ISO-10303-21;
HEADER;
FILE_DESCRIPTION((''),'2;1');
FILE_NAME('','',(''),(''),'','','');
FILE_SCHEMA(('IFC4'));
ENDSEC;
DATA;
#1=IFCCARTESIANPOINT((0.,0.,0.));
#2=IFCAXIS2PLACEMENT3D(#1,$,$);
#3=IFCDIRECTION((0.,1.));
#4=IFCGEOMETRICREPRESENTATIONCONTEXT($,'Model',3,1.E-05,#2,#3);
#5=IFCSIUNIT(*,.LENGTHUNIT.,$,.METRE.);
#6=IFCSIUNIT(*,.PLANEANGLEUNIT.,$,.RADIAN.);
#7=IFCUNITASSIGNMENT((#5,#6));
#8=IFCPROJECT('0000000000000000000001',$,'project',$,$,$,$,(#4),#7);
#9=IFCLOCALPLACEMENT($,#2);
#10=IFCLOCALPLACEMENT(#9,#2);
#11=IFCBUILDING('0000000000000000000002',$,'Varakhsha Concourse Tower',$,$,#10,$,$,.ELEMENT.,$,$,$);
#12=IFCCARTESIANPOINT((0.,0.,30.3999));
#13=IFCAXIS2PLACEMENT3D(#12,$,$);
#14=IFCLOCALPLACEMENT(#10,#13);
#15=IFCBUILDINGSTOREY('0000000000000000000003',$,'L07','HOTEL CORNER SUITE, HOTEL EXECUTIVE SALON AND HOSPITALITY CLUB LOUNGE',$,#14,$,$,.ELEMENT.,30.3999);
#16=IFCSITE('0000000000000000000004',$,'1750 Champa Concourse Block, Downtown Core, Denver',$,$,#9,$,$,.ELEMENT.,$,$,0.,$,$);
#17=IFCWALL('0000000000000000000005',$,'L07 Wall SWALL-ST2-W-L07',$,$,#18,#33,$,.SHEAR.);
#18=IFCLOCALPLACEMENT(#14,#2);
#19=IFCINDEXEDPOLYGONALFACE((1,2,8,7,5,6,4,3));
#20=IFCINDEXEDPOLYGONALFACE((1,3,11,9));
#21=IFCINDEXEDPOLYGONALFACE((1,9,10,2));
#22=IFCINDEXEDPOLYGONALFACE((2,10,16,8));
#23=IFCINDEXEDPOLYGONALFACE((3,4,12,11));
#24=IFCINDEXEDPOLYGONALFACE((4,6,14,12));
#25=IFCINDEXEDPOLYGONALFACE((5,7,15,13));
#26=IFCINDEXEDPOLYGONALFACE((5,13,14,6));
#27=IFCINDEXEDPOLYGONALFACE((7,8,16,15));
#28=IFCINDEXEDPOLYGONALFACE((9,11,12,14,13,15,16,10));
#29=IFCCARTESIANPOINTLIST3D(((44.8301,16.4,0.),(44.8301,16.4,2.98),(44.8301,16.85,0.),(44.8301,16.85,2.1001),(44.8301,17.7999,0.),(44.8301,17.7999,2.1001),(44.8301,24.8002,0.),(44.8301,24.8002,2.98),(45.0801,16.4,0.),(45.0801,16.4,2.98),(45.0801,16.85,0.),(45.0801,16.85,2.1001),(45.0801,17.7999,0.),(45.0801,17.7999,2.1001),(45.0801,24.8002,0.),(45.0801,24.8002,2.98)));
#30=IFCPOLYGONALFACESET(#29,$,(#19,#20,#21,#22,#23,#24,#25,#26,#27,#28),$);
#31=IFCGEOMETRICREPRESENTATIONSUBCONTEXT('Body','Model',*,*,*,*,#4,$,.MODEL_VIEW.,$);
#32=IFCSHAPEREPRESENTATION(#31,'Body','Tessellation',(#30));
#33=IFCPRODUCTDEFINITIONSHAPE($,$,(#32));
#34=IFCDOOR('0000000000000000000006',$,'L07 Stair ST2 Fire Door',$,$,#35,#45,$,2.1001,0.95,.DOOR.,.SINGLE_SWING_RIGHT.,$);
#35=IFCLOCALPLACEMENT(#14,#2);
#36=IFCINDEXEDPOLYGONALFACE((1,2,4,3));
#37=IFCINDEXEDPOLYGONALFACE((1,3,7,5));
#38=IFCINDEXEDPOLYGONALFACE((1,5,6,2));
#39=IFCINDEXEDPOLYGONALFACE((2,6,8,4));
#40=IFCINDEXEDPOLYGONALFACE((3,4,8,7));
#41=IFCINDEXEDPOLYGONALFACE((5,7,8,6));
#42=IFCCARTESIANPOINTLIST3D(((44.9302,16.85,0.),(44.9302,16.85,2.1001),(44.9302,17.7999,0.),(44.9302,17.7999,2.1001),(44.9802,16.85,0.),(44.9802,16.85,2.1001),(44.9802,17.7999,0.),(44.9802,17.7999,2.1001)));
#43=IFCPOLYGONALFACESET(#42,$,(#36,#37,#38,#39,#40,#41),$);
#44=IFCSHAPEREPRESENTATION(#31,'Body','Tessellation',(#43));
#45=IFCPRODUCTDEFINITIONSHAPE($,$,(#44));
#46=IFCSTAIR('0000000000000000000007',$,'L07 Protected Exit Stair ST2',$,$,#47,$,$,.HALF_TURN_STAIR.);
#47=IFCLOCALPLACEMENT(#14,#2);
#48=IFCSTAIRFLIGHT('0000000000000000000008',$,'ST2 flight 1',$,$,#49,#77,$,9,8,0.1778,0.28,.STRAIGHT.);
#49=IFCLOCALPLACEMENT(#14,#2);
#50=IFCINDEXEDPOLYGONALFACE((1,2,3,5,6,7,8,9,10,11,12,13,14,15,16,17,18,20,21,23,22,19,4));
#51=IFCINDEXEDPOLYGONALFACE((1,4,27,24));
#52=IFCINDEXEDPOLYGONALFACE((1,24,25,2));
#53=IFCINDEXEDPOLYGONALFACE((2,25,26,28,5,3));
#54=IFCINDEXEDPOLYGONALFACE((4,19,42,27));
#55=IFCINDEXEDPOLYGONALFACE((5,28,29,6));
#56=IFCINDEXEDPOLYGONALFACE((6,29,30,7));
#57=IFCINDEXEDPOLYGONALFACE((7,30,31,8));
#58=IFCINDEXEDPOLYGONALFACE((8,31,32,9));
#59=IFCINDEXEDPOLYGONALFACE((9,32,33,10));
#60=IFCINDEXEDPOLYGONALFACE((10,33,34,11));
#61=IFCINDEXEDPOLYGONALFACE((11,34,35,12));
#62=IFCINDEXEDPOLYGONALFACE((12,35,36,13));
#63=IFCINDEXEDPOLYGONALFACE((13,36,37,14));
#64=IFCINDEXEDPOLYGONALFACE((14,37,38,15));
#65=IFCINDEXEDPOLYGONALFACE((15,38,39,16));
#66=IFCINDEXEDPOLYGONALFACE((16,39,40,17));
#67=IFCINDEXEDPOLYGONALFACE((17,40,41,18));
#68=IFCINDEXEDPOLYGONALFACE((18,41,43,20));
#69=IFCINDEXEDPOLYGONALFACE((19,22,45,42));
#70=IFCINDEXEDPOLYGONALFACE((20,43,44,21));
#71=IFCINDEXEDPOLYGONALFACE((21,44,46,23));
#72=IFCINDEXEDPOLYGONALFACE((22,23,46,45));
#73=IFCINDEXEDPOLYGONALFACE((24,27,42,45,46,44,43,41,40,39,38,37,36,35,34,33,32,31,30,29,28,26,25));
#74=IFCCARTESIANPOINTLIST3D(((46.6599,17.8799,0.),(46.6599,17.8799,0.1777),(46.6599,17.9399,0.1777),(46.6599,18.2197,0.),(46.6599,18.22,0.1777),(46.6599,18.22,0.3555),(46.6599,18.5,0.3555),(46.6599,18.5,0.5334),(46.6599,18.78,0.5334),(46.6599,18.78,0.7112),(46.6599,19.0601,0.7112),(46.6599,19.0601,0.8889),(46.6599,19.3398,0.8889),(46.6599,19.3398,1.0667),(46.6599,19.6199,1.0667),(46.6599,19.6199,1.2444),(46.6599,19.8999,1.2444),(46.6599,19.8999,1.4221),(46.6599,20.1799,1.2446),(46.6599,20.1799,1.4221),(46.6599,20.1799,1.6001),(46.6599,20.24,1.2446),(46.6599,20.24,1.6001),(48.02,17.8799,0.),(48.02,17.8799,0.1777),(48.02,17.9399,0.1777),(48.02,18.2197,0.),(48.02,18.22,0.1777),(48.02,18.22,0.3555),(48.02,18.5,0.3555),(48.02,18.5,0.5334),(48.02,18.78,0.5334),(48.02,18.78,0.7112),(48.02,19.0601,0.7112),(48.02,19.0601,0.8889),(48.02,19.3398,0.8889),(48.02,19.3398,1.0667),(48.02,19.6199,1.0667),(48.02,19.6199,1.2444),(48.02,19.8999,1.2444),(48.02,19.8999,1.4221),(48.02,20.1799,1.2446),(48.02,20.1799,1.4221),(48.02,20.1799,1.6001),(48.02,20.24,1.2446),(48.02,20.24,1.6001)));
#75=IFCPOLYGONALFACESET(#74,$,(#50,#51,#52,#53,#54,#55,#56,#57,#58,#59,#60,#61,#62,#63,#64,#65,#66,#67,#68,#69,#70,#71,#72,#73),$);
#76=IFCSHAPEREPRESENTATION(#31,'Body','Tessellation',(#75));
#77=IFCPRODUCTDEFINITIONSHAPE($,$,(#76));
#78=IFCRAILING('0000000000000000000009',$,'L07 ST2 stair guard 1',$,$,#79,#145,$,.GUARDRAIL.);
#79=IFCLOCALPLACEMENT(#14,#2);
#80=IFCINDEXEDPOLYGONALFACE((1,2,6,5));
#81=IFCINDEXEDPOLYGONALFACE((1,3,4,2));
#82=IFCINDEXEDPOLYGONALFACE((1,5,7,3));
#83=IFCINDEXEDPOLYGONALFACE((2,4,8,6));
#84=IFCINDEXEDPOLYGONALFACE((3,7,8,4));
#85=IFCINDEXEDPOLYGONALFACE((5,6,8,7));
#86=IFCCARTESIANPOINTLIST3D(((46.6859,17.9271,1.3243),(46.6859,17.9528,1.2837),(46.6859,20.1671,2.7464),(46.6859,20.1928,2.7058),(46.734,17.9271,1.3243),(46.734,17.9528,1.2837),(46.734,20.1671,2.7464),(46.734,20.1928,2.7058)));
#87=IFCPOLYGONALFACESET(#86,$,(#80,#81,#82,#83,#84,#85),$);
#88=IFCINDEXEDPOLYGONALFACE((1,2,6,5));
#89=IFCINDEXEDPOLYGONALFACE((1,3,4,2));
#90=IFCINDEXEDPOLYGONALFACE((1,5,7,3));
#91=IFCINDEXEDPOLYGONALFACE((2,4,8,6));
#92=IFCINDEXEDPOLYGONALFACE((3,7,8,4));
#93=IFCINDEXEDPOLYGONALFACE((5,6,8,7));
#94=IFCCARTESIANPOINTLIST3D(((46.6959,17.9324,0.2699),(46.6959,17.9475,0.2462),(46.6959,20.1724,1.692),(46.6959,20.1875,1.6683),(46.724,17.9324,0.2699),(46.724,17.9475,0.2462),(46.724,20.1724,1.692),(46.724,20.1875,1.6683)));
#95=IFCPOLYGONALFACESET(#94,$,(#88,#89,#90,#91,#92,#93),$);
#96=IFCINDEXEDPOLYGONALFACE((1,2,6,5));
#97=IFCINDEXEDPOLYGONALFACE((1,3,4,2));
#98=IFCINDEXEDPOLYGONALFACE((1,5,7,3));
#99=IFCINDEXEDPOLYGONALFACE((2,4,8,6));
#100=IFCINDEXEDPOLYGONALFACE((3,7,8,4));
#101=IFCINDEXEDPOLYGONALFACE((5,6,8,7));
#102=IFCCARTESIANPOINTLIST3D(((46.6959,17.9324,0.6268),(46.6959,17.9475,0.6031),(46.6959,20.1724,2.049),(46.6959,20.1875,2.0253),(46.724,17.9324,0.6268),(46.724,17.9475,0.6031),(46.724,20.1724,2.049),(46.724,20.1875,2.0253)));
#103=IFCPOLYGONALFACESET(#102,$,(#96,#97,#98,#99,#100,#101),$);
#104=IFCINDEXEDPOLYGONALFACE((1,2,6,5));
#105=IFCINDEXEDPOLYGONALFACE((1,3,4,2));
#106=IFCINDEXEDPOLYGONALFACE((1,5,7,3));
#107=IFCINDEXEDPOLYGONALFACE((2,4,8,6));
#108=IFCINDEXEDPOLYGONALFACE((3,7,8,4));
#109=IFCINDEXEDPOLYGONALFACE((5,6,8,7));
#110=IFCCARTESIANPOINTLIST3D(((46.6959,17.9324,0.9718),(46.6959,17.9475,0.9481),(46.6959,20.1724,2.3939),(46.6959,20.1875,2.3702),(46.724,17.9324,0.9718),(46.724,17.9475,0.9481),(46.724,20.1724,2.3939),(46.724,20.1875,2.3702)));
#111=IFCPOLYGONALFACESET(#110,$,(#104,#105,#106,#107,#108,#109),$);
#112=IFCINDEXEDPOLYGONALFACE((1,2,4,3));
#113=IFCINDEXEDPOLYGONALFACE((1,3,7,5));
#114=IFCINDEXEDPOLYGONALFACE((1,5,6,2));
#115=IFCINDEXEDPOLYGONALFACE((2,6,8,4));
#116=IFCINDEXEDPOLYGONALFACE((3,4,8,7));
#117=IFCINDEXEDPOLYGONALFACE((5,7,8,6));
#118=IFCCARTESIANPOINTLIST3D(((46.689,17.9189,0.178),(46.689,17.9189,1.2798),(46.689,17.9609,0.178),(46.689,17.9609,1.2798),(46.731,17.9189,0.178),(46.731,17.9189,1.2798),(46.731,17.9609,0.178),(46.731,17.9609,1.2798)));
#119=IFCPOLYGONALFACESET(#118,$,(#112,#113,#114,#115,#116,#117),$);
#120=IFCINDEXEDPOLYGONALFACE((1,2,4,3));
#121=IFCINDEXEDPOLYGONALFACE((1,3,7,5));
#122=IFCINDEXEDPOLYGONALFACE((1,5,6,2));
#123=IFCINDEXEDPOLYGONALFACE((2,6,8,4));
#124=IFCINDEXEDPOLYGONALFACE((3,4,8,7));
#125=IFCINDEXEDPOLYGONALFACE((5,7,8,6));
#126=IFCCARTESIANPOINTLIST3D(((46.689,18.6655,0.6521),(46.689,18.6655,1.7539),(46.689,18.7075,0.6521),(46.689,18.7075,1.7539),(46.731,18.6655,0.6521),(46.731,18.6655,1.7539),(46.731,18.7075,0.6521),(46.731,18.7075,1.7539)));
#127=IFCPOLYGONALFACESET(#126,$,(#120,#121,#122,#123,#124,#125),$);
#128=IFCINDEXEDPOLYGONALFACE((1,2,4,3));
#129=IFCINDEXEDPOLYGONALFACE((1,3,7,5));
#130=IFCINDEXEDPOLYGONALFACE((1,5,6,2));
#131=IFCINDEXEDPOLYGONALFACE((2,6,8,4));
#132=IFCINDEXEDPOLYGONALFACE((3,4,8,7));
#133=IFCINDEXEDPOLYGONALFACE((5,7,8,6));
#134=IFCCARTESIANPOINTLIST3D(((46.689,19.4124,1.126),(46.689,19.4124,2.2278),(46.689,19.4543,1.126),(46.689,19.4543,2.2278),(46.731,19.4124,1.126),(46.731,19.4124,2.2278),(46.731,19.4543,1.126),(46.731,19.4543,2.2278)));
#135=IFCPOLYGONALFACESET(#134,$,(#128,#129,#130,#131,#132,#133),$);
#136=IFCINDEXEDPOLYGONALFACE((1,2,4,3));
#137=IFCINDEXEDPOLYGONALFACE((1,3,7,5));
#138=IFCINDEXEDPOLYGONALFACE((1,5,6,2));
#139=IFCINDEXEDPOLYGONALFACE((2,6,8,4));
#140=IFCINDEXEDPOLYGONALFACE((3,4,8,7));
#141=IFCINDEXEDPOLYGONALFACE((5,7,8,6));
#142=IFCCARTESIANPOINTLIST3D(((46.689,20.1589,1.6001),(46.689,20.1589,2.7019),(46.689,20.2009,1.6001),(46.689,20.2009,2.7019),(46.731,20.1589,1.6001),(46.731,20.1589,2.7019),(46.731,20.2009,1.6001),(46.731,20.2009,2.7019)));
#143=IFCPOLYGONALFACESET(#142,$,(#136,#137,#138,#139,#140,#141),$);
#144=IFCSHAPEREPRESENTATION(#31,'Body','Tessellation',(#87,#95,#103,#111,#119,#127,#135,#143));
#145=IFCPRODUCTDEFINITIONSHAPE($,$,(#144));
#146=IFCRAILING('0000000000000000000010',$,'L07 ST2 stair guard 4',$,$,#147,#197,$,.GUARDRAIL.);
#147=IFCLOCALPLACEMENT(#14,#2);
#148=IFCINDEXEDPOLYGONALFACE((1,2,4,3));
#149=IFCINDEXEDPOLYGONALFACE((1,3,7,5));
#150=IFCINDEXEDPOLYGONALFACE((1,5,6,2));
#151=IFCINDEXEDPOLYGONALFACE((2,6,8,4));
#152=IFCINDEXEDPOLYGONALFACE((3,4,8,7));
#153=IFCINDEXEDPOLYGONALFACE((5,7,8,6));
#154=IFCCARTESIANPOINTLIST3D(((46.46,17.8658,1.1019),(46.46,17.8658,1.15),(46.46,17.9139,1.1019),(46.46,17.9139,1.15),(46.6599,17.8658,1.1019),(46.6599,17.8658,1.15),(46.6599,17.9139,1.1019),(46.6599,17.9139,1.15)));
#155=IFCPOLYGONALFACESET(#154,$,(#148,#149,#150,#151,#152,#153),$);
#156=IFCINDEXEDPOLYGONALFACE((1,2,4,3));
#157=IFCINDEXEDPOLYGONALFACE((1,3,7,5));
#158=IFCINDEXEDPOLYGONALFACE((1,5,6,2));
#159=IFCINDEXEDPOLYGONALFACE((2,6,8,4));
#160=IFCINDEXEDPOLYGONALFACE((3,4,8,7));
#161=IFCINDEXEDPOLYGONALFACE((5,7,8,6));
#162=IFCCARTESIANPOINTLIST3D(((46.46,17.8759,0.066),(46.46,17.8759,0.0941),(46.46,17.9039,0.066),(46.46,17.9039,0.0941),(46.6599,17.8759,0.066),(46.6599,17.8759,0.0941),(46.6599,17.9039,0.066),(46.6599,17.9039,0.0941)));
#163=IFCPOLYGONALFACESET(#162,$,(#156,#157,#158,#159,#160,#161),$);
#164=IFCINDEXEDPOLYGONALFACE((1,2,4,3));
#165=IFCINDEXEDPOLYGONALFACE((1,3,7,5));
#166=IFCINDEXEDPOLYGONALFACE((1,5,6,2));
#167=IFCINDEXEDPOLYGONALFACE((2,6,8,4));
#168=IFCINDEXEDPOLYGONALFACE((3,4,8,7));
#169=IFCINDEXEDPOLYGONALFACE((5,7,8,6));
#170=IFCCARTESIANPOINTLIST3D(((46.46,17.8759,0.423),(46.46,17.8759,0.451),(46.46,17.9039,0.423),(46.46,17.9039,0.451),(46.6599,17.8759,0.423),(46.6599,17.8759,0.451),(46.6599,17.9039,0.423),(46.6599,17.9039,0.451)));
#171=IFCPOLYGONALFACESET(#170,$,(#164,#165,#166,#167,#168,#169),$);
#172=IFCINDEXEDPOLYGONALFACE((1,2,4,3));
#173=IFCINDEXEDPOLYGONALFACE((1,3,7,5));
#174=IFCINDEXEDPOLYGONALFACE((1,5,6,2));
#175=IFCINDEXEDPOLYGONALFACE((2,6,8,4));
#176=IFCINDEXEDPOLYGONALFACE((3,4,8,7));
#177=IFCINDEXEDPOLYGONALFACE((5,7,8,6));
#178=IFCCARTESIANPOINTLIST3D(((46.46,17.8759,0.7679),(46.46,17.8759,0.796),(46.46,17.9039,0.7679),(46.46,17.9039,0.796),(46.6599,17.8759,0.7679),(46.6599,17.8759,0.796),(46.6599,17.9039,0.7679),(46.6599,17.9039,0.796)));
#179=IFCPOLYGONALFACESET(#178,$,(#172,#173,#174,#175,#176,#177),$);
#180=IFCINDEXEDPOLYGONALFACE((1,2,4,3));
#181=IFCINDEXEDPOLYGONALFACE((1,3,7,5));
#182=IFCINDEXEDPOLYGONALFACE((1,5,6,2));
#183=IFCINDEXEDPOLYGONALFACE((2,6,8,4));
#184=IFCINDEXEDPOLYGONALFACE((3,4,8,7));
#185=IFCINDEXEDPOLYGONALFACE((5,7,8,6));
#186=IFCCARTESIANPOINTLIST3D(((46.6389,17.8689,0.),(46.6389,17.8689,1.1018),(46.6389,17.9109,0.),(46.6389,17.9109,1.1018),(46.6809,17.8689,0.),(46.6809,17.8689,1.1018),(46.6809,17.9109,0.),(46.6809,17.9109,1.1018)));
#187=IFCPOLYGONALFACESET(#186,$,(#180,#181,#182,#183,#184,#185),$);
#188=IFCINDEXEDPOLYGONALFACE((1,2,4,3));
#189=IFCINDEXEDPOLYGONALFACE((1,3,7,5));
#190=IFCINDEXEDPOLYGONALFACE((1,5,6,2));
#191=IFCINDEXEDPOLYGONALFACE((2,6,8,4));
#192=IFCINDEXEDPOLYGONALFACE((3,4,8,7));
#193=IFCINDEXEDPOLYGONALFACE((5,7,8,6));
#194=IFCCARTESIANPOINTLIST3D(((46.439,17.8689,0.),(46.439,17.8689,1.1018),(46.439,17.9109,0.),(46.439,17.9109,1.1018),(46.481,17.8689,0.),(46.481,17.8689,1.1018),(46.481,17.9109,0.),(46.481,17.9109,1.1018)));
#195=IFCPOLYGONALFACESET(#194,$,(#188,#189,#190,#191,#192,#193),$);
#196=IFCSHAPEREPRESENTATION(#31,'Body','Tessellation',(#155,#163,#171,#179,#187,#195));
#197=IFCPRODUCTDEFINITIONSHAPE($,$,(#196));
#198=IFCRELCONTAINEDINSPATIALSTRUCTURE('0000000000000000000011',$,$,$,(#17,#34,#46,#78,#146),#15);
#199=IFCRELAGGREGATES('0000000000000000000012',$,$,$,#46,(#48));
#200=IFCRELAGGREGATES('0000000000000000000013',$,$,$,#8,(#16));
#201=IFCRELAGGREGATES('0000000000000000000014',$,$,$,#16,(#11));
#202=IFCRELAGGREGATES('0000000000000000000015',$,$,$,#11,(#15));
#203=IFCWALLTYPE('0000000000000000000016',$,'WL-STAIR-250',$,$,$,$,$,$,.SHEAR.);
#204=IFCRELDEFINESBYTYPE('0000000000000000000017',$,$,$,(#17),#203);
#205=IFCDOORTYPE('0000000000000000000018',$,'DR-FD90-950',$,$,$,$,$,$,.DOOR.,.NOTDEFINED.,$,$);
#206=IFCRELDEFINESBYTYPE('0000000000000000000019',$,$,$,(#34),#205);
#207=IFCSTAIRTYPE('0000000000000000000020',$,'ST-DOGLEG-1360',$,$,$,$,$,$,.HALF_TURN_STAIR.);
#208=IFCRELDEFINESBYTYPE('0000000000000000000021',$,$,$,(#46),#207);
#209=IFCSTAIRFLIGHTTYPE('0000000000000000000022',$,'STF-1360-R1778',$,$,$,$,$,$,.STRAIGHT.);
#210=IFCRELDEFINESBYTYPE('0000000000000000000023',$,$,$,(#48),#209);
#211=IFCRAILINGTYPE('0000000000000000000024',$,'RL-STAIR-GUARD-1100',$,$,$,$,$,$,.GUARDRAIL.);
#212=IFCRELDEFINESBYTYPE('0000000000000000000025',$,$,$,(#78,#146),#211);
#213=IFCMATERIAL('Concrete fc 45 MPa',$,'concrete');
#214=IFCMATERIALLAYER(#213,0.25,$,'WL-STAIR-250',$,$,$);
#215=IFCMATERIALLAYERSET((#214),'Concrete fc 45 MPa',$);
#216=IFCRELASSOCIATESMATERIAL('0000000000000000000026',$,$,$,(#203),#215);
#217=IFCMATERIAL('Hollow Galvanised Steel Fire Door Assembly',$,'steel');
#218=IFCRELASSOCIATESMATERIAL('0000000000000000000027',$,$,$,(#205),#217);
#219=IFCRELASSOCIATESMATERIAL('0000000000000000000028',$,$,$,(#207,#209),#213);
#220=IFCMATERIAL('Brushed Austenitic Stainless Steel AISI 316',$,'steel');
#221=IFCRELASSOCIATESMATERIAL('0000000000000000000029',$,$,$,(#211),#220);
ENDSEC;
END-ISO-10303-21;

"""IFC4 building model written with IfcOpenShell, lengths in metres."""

from ifc_helpers import new_model, si_unit, direction, frame, frame_2d, origin, origin_2d, place, context, subcontext, project, spatial, polyline, rectangle, outline, extrude, material, layer, layer_set, type_object, element, fill, aggregate, save


model = new_model("IFC4")

# Units and contexts
model_context = context("Model", 3, precision=1e-05, world=origin(), true_north=direction((0.0, 1.0)))
body_context = subcontext(model_context, "Body", "Model", "MODEL_VIEW")
ifc_project = project(units=[si_unit("LENGTHUNIT", "METRE"), si_unit("PLANEANGLEUNIT", "RADIAN")], contexts=[model_context])

# Site, building, storey
site_placement = place(None, origin())
site = spatial("IfcSite", under=ifc_project, at=site_placement, Name="1750 Champa Concourse Block, Downtown Core, Denver", CompositionType="ELEMENT", RefElevation=0.0)
building_placement = place(site_placement, origin())
building = spatial("IfcBuilding", under=site, at=building_placement, Name="Varakhsha Concourse Tower", CompositionType="ELEMENT")
storey_placement = place(building_placement, frame((0.0, 0.0, 30.3999)))
storey = spatial("IfcBuildingStorey", under=building, at=storey_placement, Name="L07", Description="HOTEL CORNER SUITE, HOTEL EXECUTIVE SALON AND HOSPITALITY CLUB LOUNGE", CompositionType="ELEMENT", Elevation=30.3999)

# Shared definitions
ifc_material_1 = material(Name="Hollow Galvanised Steel Fire Door Assembly", Category="steel")

# Wall, opening, door
ifc_material_2 = material(Name="Concrete fc 45 MPa", Category="concrete")
ifc_layer_1 = layer(ifc_material_2, 0.25, Name="WL-STAIR-250")
ifc_layer_set_1 = layer_set([ifc_layer_1], Name="Concrete fc 45 MPa")
wall_type_1 = type_object("IfcWallType", Name="WL-STAIR-250", PredefinedType="SHEAR", material=ifc_layer_set_1)
wall_1_placement = place(storey_placement, frame((44.9551, 16.3999, 0.0), z_axis=(0.0, 0.0, 1.0), x_axis=(0.0, 1.0, 0.0)))
wall_1 = element("IfcWall", 1, at=wall_1_placement, inside=storey, type_object=wall_type_1, Name="L07 Wall SWALL-ST2-W-L07", PredefinedType="SHEAR", context=body_context, shape_type="SweptSolid", body=[
    extrude(rectangle(XDim=8.4001, YDim=0.25, at=frame_2d((4.2002, 0.0))), origin(), (0.0, 0.0, 1.0), 2.98),
])
opening_1_placement = place(wall_1_placement, frame((0.45, 0.0, 0.0)))
opening_1 = element("IfcOpeningElement", 2, at=opening_1_placement, cuts=wall_1, PredefinedType="OPENING", context=body_context, shape_type="SweptSolid", body=[
    extrude(rectangle(XDim=0.95, YDim=2.1001, at=frame_2d((0.4751, 1.05))), frame((0.0, 0.135, 0.0), z_axis=(0.0, -1.0, 0.0), x_axis=(1.0, 0.0, 0.0)), (0.0, 0.0, 1.0), 0.27),
])
door_type_1 = type_object("IfcDoorType", Name="DR-FD90-950", OperationType="NOTDEFINED", PredefinedType="DOOR", material=ifc_material_1)
door_1_placement = place(opening_1_placement, origin())
door_1 = element("IfcDoor", 3, at=door_1_placement, inside=storey, type_object=door_type_1, Name="L07 Stair ST2 Fire Door", OperationType="SINGLE_SWING_RIGHT", OverallHeight=2.1001, OverallWidth=0.95, PredefinedType="DOOR", context=body_context, shape_type="SweptSolid", body=[
    extrude(rectangle(XDim=0.95, YDim=2.1001, at=frame_2d((0.4751, 1.05))), frame((0.0, 0.0249, 0.0), z_axis=(0.0, -1.0, 0.0), x_axis=(1.0, 0.0, 0.0)), (0.0, 0.0, 1.0), 0.05),
])
fill(opening_1, door_1)

# Stair, stair flight
stair_type = type_object("IfcStairType", Name="ST-DOGLEG-1360", PredefinedType="HALF_TURN_STAIR", material=ifc_material_2)
stair_placement = place(storey_placement, origin())
stair = element("IfcStair", 4, at=stair_placement, inside=storey, type_object=stair_type, Name="L07 Protected Exit Stair ST2", PredefinedType="HALF_TURN_STAIR")
stair_flight_type = type_object("IfcStairFlightType", Name="STF-1360-R1778", PredefinedType="STRAIGHT", material=ifc_material_2)
stair_flight_placement = place(storey_placement, frame((47.3401, 17.9399, 0.0), z_axis=(0.0, 0.0, 1.0), x_axis=(0.0, 1.0, 0.0)))
stair_flight = element("IfcStairFlight", 5, at=stair_flight_placement, type_object=stair_flight_type, Name="ST2 flight 1", NumberOfRisers=9, NumberOfTreads=8, PredefinedType="STRAIGHT", RiserHeight=0.1778, TreadLength=0.28, context=body_context, shape_type="SweptSolid", body=[
    extrude(outline(polyline([(-0.0601, 0.0), (-0.0601, 0.1777), (0.0, 0.1777), (0.28, 0.1777), (0.28, 0.3555), (0.5601, 0.3555), (0.5601, 0.5334), (0.8401, 0.5334), (0.8401, 0.7112), (1.1201, 0.7112), (1.1201, 0.8889), (1.3999, 0.8889), (1.3999, 1.0667), (1.6799, 1.0667), (1.6799, 1.2444), (1.96, 1.2444), (1.96, 1.4221), (2.24, 1.4221), (2.24, 1.6001), (2.3, 1.6001), (2.3, 1.2446), (2.24, 1.2446), (0.2798, 0.0), (-0.0601, 0.0)])), frame((0.0, 0.6802, 0.0), z_axis=(0.0, -1.0, 0.0), x_axis=(1.0, 0.0, 0.0)), (0.0, 0.0, 1.0), 1.3601),
])
aggregate(stair, [stair_flight])

# Railings
ifc_material_3 = material(Name="Brushed Austenitic Stainless Steel AISI 316", Category="steel")
railing_type = type_object("IfcRailingType", Name="RL-STAIR-GUARD-1100", PredefinedType="GUARDRAIL", material=ifc_material_3)
railing_1_placement = place(storey_placement, frame((46.71, 17.9399, 0.178)))
element("IfcRailing", 6, at=railing_1_placement, inside=storey, type_object=railing_type, Name="L07 ST2 stair guard 1", PredefinedType="GUARDRAIL", context=body_context, shape_type="SweptSolid", body=[
    extrude(rectangle(XDim=0.0481, YDim=0.0481, at=origin_2d()), frame((0.0, 0.0, 1.126), z_axis=(0.0, 0.844229, 0.535982), x_axis=(-1.0, 0.0, 0.0)), (0.0, 0.0, 1.0), 2.6533),
    extrude(rectangle(XDim=0.0281, YDim=0.0281, at=origin_2d()), frame((0.0, 0.0, 0.0801), z_axis=(0.0, 0.844229, 0.535982), x_axis=(-1.0, 0.0, 0.0)), (0.0, 0.0, 1.0), 2.6533),
    extrude(rectangle(XDim=0.0281, YDim=0.0281, at=origin_2d()), frame((0.0, 0.0, 0.437), z_axis=(0.0, 0.844229, 0.535982), x_axis=(-1.0, 0.0, 0.0)), (0.0, 0.0, 1.0), 2.6533),
    extrude(rectangle(XDim=0.0281, YDim=0.0281, at=origin_2d()), frame((0.0, 0.0, 0.782), z_axis=(0.0, 0.844229, 0.535982), x_axis=(-1.0, 0.0, 0.0)), (0.0, 0.0, 1.0), 2.6533),
    extrude(rectangle(XDim=0.042, YDim=0.042, at=origin_2d()), origin(), (0.0, 0.0, 1.0), 1.1018),
    extrude(rectangle(XDim=0.042, YDim=0.042, at=origin_2d()), frame((0.0, 0.7466, 0.4741)), (0.0, 0.0, 1.0), 1.1018),
    extrude(rectangle(XDim=0.042, YDim=0.042, at=origin_2d()), frame((0.0, 1.4934, 0.948)), (0.0, 0.0, 1.0), 1.1018),
    extrude(rectangle(XDim=0.042, YDim=0.042, at=origin_2d()), frame((0.0, 2.24, 1.4221)), (0.0, 0.0, 1.0), 1.1018),
])
railing_2_placement = place(storey_placement, frame((46.6599, 17.8899, 0.0)))
element("IfcRailing", 7, at=railing_2_placement, inside=storey, type_object=railing_type, Name="L07 ST2 stair guard 4", PredefinedType="GUARDRAIL", context=body_context, shape_type="SweptSolid", body=[
    extrude(rectangle(XDim=0.0481, YDim=0.0481, at=origin_2d()), frame((0.0, 0.0, 1.126), z_axis=(-1.0, 0.0, 0.0), x_axis=(0.0, -1.0, 0.0)), (0.0, 0.0, 1.0), 0.2),
    extrude(rectangle(XDim=0.0281, YDim=0.0281, at=origin_2d()), frame((0.0, 0.0, 0.0801), z_axis=(-1.0, 0.0, 0.0), x_axis=(0.0, -1.0, 0.0)), (0.0, 0.0, 1.0), 0.2),
    extrude(rectangle(XDim=0.0281, YDim=0.0281, at=origin_2d()), frame((0.0, 0.0, 0.437), z_axis=(-1.0, 0.0, 0.0), x_axis=(0.0, -1.0, 0.0)), (0.0, 0.0, 1.0), 0.2),
    extrude(rectangle(XDim=0.0281, YDim=0.0281, at=origin_2d()), frame((0.0, 0.0, 0.782), z_axis=(-1.0, 0.0, 0.0), x_axis=(0.0, -1.0, 0.0)), (0.0, 0.0, 1.0), 0.2),
    extrude(rectangle(XDim=0.042, YDim=0.042, at=origin_2d()), origin(), (0.0, 0.0, 1.0), 1.1018),
    extrude(rectangle(XDim=0.042, YDim=0.042, at=origin_2d()), frame((-0.2, 0.0, 0.0)), (0.0, 0.0, 1.0), 1.1018),
])

save(model, "model.ifc")
